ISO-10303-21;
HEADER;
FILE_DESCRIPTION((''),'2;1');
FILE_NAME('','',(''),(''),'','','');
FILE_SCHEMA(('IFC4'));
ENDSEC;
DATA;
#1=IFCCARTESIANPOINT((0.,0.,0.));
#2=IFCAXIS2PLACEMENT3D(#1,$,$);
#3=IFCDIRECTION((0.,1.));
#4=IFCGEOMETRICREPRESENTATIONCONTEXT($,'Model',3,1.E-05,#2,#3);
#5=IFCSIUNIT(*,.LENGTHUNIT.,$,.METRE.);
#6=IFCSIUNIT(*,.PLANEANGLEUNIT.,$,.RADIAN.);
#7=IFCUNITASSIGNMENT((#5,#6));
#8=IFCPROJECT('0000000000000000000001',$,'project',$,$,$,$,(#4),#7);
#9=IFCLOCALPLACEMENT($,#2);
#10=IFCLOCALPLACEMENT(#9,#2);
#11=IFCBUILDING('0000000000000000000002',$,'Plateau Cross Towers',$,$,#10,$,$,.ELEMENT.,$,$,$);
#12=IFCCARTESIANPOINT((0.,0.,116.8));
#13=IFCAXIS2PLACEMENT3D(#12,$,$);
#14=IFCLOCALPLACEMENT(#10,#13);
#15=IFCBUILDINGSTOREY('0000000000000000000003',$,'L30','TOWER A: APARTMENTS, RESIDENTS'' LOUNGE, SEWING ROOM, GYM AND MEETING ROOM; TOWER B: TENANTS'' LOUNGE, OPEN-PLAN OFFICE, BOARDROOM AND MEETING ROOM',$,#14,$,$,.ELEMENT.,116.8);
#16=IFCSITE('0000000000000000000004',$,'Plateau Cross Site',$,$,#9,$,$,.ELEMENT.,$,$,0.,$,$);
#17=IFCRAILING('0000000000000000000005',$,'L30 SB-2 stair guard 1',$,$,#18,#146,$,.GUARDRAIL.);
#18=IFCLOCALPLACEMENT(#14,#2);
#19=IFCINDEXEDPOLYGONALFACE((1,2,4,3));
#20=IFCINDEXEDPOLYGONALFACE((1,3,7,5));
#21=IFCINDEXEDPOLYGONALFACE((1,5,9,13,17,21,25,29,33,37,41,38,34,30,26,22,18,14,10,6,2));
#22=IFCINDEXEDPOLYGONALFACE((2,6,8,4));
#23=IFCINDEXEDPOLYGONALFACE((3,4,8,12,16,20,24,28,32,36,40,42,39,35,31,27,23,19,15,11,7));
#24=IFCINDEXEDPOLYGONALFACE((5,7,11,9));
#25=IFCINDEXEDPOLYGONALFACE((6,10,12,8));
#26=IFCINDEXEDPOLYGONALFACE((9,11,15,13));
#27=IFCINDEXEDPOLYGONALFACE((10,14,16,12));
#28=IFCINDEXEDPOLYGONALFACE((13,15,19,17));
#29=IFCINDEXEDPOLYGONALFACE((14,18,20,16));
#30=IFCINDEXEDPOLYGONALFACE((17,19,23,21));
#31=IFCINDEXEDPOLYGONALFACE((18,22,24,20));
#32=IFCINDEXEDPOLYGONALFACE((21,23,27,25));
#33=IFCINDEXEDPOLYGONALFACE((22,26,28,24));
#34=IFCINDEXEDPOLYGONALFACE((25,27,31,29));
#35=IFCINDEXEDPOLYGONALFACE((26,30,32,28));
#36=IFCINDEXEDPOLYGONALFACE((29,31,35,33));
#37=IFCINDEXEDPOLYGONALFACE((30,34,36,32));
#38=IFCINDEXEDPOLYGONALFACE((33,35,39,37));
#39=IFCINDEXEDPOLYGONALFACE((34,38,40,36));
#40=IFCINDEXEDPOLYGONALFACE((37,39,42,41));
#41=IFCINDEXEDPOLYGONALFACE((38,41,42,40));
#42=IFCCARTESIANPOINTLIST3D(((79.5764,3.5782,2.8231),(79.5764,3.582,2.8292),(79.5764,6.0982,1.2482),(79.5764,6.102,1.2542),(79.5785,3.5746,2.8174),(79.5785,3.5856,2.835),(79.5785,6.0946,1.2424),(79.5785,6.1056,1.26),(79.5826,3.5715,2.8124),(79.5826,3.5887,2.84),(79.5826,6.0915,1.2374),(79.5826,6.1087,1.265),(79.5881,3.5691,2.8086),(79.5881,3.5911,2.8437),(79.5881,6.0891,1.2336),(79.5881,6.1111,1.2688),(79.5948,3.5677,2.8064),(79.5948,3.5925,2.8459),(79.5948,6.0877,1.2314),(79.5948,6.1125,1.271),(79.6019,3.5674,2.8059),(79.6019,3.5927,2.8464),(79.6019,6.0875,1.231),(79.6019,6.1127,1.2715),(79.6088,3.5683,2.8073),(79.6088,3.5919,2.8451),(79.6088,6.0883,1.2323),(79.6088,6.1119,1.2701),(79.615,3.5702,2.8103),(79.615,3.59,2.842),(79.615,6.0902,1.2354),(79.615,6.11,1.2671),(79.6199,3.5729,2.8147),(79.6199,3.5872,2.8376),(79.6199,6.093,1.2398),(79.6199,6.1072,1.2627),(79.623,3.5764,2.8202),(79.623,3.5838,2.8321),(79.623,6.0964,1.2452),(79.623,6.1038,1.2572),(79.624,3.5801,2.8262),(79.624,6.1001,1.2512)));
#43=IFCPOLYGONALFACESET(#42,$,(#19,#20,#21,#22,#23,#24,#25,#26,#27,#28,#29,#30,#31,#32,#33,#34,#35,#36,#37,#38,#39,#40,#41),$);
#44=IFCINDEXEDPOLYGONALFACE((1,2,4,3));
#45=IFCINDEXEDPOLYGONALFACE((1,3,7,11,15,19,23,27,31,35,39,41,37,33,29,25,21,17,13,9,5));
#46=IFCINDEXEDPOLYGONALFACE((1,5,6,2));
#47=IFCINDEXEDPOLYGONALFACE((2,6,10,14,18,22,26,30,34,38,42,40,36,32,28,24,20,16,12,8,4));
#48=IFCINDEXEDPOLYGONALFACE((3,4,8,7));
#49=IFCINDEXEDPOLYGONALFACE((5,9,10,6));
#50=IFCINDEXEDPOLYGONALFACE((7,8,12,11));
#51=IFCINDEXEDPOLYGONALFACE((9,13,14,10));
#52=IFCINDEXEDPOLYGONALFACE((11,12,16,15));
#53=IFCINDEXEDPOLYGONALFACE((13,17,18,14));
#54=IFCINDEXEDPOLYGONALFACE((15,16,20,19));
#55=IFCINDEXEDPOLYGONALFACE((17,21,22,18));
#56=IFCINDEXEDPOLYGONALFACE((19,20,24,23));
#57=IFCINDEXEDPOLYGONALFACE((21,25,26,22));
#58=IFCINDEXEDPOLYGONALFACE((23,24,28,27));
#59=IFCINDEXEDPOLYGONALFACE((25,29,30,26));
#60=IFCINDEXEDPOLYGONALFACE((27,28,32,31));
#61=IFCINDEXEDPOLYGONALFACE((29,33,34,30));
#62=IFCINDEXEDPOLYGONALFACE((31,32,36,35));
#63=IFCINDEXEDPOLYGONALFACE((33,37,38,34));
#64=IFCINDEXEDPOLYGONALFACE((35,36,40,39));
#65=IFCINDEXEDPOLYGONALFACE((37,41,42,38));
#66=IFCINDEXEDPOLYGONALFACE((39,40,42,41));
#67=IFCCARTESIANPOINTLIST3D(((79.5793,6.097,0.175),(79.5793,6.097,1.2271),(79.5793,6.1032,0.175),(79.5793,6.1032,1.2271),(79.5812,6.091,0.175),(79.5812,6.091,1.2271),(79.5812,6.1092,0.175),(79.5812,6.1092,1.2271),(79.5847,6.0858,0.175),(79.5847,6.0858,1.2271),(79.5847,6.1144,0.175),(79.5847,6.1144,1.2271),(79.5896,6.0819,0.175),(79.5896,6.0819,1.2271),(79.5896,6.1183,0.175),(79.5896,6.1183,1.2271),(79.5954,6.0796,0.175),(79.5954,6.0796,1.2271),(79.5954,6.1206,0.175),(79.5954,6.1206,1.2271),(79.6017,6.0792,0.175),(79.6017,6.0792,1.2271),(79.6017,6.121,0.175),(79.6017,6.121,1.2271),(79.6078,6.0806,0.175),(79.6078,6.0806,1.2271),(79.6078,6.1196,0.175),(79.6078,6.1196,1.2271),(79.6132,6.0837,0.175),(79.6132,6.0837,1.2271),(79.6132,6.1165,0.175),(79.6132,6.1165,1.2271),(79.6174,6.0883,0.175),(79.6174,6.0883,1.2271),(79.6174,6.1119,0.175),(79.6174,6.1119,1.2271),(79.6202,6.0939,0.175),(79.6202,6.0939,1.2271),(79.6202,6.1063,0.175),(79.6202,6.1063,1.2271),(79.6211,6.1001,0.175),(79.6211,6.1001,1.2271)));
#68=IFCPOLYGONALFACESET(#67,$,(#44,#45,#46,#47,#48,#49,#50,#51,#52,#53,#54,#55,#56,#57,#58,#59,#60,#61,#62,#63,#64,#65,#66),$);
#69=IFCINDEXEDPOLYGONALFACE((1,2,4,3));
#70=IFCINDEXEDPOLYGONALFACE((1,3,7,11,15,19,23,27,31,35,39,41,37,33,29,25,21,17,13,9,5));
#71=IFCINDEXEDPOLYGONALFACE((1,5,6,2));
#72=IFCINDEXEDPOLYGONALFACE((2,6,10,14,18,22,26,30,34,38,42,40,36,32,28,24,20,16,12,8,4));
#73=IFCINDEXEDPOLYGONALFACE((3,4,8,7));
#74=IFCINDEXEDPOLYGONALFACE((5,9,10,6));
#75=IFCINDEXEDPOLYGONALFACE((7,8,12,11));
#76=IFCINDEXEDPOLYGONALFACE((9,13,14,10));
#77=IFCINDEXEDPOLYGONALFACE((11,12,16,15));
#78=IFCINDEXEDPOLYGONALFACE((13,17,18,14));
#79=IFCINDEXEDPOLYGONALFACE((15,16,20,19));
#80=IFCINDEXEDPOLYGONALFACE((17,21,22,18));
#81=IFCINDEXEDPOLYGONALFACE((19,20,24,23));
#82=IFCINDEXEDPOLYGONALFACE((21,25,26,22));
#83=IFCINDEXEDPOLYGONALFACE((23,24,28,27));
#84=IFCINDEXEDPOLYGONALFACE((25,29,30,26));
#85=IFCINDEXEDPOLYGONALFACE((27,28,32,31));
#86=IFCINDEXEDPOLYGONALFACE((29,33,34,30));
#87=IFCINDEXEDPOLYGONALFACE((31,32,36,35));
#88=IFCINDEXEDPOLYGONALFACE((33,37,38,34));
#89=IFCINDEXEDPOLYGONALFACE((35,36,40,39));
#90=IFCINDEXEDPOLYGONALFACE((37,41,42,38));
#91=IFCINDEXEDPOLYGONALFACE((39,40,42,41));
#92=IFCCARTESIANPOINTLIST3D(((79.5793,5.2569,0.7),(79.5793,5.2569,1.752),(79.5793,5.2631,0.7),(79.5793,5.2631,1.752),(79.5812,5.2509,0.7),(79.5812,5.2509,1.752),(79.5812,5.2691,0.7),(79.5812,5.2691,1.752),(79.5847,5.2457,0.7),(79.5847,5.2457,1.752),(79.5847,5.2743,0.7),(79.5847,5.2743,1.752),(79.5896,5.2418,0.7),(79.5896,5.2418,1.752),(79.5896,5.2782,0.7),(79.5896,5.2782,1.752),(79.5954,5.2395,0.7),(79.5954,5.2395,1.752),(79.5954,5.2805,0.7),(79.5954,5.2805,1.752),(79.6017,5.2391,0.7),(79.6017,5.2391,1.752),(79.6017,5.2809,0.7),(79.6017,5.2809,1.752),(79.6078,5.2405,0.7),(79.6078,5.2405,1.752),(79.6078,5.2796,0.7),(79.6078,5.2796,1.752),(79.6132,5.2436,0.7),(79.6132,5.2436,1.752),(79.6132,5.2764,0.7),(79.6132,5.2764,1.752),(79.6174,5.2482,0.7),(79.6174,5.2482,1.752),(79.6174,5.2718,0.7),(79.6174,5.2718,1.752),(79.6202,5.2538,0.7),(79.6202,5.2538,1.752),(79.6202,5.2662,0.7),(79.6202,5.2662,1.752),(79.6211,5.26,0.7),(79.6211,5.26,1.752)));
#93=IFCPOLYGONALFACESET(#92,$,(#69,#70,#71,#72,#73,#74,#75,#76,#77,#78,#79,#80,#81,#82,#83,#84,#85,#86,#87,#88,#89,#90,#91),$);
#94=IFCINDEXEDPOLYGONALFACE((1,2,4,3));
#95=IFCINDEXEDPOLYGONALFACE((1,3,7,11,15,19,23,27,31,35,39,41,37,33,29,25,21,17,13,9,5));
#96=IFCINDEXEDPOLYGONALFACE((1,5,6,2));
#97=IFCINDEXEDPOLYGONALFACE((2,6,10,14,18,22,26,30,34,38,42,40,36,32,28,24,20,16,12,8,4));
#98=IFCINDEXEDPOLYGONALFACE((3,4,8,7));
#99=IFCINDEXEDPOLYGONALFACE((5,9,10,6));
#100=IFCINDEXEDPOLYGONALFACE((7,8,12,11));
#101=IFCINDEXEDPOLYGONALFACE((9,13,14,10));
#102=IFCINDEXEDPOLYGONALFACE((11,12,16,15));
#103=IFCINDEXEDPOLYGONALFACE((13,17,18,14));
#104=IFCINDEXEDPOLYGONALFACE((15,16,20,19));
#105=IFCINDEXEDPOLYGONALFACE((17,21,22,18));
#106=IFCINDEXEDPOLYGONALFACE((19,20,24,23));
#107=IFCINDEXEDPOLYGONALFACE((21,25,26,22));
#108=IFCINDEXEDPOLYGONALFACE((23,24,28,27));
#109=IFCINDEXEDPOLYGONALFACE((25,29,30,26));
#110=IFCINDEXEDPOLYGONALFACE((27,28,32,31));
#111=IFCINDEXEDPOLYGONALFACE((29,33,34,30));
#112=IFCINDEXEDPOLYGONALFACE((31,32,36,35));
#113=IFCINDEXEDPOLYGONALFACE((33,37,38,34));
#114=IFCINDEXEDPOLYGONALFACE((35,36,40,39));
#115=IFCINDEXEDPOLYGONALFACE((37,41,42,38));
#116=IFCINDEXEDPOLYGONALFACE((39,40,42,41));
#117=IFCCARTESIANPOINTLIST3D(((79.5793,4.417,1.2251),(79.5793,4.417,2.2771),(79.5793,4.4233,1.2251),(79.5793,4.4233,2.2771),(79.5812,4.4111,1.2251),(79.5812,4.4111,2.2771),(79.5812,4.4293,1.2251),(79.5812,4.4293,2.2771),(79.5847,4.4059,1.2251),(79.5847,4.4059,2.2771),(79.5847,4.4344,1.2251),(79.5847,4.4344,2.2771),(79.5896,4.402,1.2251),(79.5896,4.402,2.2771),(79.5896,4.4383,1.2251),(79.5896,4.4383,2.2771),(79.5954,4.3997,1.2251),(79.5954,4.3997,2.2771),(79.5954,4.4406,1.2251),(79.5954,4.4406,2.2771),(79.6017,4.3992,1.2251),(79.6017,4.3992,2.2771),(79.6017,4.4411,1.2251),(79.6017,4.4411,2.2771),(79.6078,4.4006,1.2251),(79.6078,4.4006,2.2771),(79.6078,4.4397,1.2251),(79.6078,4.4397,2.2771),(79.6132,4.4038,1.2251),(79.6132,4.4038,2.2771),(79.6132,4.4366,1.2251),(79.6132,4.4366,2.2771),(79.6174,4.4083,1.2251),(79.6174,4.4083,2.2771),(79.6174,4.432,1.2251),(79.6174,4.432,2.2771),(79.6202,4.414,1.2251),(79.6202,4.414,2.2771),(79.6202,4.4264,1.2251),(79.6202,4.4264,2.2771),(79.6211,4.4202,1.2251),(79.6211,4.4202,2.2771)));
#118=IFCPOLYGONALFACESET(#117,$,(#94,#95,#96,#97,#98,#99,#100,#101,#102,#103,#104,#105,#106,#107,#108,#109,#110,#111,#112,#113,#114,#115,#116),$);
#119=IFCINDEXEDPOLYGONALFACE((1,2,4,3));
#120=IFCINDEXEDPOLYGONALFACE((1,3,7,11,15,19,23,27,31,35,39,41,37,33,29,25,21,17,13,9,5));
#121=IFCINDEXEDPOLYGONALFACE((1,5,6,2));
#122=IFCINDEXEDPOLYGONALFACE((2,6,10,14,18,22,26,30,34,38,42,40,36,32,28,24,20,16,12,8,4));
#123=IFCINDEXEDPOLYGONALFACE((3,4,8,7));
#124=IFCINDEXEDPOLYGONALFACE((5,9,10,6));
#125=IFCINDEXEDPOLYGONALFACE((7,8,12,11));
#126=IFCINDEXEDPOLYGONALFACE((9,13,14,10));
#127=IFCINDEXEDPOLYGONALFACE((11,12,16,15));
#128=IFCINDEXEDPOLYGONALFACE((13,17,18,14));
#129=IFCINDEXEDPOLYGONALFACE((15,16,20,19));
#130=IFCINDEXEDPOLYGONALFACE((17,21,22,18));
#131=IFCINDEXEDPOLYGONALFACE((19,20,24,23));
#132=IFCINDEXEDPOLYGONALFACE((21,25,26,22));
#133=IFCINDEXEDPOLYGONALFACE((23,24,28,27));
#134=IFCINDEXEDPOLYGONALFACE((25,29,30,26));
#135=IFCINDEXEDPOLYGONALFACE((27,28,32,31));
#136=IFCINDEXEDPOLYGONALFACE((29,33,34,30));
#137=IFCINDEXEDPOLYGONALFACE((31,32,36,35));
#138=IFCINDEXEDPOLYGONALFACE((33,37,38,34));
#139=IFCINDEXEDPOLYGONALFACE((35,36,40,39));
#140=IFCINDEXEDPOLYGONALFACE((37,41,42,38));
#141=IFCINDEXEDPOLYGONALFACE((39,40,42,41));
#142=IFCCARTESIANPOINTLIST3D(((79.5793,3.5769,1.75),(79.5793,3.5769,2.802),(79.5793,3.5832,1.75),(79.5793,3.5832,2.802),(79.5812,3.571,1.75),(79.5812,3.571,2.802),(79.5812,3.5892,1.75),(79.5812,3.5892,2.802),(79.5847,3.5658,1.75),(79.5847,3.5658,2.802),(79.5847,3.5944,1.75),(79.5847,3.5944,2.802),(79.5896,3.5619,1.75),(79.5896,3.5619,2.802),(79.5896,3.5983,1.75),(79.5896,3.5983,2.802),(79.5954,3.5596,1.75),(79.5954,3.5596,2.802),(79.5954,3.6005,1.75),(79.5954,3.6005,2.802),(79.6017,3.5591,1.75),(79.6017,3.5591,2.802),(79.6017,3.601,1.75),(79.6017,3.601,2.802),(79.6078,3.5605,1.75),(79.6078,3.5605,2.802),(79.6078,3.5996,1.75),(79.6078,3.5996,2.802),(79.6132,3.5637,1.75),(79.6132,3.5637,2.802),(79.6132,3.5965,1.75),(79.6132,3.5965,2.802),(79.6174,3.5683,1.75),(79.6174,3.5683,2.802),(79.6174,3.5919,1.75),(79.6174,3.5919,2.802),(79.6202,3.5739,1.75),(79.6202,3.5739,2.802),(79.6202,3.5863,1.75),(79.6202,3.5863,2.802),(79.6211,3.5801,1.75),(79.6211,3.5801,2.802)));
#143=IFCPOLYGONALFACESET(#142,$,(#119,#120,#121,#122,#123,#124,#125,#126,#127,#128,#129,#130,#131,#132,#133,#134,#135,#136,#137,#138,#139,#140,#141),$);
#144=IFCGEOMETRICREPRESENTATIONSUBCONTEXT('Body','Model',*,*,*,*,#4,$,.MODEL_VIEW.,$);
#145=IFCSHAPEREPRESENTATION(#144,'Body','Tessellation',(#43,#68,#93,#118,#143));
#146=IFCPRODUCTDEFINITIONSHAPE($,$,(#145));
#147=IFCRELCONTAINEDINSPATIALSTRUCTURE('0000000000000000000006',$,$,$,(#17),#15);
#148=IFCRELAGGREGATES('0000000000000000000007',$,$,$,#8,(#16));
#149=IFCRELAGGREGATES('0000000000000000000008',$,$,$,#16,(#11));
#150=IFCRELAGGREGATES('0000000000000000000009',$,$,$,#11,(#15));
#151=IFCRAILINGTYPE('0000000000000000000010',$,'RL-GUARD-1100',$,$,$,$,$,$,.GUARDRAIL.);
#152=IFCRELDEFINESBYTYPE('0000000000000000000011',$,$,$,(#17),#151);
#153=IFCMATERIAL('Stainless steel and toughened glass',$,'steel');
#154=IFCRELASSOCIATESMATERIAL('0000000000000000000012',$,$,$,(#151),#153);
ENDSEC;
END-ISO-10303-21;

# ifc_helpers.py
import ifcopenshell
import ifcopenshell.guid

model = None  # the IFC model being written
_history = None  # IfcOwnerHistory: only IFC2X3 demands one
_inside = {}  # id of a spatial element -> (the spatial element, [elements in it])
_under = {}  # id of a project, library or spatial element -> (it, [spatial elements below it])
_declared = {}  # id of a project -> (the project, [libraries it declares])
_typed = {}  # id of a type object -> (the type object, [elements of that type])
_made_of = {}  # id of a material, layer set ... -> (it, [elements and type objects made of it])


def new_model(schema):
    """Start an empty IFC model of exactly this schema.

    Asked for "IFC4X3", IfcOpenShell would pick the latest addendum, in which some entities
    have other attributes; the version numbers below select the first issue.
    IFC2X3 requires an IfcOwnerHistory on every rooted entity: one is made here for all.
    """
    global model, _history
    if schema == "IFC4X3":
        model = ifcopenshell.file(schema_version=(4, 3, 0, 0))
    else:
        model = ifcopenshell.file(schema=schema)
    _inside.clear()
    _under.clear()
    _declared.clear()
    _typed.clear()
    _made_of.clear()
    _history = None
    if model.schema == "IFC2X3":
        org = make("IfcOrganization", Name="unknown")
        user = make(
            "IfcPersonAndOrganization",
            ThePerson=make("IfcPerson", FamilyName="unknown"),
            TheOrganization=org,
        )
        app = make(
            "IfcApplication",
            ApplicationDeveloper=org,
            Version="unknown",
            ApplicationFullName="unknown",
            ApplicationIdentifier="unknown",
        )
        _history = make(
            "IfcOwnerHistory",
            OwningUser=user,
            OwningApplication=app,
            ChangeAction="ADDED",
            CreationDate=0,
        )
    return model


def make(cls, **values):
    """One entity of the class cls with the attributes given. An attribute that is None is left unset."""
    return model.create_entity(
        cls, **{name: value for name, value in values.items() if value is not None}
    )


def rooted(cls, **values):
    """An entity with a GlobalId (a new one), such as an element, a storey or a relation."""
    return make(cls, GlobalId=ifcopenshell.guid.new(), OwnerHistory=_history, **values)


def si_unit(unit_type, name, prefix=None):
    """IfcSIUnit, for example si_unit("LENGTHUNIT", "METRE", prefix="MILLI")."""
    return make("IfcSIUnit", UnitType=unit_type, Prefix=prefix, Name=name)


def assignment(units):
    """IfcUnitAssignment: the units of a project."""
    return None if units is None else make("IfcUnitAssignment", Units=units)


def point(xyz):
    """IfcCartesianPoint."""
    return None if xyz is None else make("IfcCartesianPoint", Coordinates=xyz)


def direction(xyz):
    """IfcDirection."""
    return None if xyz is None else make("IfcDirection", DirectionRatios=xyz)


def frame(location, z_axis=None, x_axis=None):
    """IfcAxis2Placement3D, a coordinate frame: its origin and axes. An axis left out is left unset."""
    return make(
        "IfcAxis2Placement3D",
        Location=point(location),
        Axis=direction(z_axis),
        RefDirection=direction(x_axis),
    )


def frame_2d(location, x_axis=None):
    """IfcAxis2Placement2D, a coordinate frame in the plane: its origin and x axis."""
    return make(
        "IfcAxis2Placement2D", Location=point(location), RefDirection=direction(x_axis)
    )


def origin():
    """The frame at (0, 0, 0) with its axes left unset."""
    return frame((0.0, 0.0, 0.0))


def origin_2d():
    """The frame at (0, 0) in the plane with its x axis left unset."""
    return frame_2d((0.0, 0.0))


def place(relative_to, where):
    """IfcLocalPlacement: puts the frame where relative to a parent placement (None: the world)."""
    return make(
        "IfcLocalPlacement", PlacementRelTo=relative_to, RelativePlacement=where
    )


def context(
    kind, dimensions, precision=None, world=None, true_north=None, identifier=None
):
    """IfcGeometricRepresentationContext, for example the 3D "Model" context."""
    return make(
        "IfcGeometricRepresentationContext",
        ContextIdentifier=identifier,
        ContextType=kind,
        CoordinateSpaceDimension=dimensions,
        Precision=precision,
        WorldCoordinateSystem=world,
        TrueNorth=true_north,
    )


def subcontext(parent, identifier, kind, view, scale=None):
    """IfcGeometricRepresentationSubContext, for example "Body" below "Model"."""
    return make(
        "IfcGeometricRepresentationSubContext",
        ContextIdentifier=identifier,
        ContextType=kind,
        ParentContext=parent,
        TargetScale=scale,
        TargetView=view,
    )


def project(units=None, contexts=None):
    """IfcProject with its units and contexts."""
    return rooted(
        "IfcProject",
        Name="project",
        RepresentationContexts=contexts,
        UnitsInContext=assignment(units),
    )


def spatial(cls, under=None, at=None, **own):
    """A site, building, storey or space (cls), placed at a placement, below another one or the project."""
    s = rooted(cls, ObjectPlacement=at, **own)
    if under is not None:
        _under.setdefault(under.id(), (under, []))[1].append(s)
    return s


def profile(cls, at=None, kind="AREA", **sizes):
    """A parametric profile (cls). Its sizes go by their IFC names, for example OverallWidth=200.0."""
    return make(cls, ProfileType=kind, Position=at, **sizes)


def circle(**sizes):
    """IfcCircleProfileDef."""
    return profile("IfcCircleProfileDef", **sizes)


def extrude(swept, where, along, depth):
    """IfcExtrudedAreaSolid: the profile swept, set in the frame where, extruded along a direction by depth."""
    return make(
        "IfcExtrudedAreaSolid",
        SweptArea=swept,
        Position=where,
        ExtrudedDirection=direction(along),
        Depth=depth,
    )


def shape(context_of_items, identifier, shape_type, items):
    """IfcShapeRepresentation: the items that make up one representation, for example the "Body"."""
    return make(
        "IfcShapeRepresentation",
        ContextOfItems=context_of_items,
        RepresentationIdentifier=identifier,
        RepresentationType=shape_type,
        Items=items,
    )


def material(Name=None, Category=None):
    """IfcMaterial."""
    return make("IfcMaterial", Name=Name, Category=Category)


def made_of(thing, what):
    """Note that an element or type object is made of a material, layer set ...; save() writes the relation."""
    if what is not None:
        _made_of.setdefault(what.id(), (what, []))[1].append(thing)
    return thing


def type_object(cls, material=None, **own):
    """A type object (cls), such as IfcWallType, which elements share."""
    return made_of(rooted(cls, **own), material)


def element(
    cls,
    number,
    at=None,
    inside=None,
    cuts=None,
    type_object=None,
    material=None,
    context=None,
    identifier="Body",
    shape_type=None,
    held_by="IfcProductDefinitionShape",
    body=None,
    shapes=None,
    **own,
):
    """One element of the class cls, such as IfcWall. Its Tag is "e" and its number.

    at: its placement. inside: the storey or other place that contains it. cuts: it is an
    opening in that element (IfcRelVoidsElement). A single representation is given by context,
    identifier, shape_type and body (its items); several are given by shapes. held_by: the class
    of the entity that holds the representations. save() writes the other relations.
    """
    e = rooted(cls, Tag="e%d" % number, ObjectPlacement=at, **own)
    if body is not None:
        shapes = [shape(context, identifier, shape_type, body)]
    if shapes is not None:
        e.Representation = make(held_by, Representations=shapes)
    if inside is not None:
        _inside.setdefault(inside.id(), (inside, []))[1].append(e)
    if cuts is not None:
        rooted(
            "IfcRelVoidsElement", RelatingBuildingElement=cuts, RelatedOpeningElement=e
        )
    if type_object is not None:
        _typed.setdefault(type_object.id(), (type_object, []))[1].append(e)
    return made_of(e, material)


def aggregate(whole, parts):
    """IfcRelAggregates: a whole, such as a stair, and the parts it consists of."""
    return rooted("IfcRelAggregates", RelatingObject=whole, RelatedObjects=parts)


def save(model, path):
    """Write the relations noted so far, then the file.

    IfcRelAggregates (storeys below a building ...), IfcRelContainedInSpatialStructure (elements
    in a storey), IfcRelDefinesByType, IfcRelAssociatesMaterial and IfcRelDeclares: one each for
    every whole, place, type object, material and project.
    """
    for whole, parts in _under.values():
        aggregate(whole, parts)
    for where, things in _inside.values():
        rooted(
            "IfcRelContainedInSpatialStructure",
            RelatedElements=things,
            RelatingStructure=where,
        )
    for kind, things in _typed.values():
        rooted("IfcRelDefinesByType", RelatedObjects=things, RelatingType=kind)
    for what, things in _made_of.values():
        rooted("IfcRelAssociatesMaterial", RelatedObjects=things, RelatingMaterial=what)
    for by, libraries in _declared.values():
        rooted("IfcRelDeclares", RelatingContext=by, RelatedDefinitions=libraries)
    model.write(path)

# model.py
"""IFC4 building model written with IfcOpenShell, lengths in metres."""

from ifc_helpers import new_model, si_unit, direction, frame, origin, origin_2d, place, context, subcontext, project, spatial, circle, extrude, material, type_object, element, save


model = new_model("IFC4")

# Units and contexts
model_context = context("Model", 3, precision=1e-05, world=origin(), true_north=direction((0.0, 1.0)))
body_context = subcontext(model_context, "Body", "Model", "MODEL_VIEW")
ifc_project = project(units=[si_unit("LENGTHUNIT", "METRE"), si_unit("PLANEANGLEUNIT", "RADIAN")], contexts=[model_context])

# Site, building, storey
site_placement = place(None, origin())
site = spatial("IfcSite", under=ifc_project, at=site_placement, Name="Plateau Cross Site", CompositionType="ELEMENT", RefElevation=0.0)
building_placement = place(site_placement, origin())
building = spatial("IfcBuilding", under=site, at=building_placement, Name="Plateau Cross Towers", CompositionType="ELEMENT")
storey_placement = place(building_placement, frame((0.0, 0.0, 116.8)))
storey = spatial("IfcBuildingStorey", under=building, at=storey_placement, Name="L30", Description="TOWER A: APARTMENTS, RESIDENTS' LOUNGE, SEWING ROOM, GYM AND MEETING ROOM; TOWER B: TENANTS' LOUNGE, OPEN-PLAN OFFICE, BOARDROOM AND MEETING ROOM", CompositionType="ELEMENT", Elevation=116.8)

# Railing
ifc_material_1 = material(Name="Stainless steel and toughened glass", Category="steel")
railing_type_1 = type_object("IfcRailingType", Name="RL-GUARD-1100", PredefinedType="GUARDRAIL", material=ifc_material_1)
railing_1_placement = place(storey_placement, frame((79.6001, 6.1001, 0.175)))
element("IfcRailing", 1, at=railing_1_placement, inside=storey, type_object=railing_type_1, Name="L30 SB-2 stair guard 1", PredefinedType="GUARDRAIL", context=body_context, shape_type="SweptSolid", body=[
    extrude(circle(Radius=0.0239, at=origin_2d()), frame((0.0, 0.0, 1.0762), z_axis=(0.0, -0.848008, 0.529984), x_axis=(1.0, 0.0, 0.0)), (0.0, 0.0, 1.0), 2.9717),
    extrude(circle(Radius=0.021, at=origin_2d()), origin(), (0.0, 0.0, 1.0), 1.052),
    extrude(circle(Radius=0.021, at=origin_2d()), frame((0.0, -0.8401, 0.5249)), (0.0, 0.0, 1.0), 1.052),
    extrude(circle(Radius=0.021, at=origin_2d()), frame((0.0, -1.6799, 1.05)), (0.0, 0.0, 1.0), 1.052),
    extrude(circle(Radius=0.021, at=origin_2d()), frame((0.0, -2.52, 1.575)), (0.0, 0.0, 1.0), 1.052),
])

save(model, "model.ifc")
